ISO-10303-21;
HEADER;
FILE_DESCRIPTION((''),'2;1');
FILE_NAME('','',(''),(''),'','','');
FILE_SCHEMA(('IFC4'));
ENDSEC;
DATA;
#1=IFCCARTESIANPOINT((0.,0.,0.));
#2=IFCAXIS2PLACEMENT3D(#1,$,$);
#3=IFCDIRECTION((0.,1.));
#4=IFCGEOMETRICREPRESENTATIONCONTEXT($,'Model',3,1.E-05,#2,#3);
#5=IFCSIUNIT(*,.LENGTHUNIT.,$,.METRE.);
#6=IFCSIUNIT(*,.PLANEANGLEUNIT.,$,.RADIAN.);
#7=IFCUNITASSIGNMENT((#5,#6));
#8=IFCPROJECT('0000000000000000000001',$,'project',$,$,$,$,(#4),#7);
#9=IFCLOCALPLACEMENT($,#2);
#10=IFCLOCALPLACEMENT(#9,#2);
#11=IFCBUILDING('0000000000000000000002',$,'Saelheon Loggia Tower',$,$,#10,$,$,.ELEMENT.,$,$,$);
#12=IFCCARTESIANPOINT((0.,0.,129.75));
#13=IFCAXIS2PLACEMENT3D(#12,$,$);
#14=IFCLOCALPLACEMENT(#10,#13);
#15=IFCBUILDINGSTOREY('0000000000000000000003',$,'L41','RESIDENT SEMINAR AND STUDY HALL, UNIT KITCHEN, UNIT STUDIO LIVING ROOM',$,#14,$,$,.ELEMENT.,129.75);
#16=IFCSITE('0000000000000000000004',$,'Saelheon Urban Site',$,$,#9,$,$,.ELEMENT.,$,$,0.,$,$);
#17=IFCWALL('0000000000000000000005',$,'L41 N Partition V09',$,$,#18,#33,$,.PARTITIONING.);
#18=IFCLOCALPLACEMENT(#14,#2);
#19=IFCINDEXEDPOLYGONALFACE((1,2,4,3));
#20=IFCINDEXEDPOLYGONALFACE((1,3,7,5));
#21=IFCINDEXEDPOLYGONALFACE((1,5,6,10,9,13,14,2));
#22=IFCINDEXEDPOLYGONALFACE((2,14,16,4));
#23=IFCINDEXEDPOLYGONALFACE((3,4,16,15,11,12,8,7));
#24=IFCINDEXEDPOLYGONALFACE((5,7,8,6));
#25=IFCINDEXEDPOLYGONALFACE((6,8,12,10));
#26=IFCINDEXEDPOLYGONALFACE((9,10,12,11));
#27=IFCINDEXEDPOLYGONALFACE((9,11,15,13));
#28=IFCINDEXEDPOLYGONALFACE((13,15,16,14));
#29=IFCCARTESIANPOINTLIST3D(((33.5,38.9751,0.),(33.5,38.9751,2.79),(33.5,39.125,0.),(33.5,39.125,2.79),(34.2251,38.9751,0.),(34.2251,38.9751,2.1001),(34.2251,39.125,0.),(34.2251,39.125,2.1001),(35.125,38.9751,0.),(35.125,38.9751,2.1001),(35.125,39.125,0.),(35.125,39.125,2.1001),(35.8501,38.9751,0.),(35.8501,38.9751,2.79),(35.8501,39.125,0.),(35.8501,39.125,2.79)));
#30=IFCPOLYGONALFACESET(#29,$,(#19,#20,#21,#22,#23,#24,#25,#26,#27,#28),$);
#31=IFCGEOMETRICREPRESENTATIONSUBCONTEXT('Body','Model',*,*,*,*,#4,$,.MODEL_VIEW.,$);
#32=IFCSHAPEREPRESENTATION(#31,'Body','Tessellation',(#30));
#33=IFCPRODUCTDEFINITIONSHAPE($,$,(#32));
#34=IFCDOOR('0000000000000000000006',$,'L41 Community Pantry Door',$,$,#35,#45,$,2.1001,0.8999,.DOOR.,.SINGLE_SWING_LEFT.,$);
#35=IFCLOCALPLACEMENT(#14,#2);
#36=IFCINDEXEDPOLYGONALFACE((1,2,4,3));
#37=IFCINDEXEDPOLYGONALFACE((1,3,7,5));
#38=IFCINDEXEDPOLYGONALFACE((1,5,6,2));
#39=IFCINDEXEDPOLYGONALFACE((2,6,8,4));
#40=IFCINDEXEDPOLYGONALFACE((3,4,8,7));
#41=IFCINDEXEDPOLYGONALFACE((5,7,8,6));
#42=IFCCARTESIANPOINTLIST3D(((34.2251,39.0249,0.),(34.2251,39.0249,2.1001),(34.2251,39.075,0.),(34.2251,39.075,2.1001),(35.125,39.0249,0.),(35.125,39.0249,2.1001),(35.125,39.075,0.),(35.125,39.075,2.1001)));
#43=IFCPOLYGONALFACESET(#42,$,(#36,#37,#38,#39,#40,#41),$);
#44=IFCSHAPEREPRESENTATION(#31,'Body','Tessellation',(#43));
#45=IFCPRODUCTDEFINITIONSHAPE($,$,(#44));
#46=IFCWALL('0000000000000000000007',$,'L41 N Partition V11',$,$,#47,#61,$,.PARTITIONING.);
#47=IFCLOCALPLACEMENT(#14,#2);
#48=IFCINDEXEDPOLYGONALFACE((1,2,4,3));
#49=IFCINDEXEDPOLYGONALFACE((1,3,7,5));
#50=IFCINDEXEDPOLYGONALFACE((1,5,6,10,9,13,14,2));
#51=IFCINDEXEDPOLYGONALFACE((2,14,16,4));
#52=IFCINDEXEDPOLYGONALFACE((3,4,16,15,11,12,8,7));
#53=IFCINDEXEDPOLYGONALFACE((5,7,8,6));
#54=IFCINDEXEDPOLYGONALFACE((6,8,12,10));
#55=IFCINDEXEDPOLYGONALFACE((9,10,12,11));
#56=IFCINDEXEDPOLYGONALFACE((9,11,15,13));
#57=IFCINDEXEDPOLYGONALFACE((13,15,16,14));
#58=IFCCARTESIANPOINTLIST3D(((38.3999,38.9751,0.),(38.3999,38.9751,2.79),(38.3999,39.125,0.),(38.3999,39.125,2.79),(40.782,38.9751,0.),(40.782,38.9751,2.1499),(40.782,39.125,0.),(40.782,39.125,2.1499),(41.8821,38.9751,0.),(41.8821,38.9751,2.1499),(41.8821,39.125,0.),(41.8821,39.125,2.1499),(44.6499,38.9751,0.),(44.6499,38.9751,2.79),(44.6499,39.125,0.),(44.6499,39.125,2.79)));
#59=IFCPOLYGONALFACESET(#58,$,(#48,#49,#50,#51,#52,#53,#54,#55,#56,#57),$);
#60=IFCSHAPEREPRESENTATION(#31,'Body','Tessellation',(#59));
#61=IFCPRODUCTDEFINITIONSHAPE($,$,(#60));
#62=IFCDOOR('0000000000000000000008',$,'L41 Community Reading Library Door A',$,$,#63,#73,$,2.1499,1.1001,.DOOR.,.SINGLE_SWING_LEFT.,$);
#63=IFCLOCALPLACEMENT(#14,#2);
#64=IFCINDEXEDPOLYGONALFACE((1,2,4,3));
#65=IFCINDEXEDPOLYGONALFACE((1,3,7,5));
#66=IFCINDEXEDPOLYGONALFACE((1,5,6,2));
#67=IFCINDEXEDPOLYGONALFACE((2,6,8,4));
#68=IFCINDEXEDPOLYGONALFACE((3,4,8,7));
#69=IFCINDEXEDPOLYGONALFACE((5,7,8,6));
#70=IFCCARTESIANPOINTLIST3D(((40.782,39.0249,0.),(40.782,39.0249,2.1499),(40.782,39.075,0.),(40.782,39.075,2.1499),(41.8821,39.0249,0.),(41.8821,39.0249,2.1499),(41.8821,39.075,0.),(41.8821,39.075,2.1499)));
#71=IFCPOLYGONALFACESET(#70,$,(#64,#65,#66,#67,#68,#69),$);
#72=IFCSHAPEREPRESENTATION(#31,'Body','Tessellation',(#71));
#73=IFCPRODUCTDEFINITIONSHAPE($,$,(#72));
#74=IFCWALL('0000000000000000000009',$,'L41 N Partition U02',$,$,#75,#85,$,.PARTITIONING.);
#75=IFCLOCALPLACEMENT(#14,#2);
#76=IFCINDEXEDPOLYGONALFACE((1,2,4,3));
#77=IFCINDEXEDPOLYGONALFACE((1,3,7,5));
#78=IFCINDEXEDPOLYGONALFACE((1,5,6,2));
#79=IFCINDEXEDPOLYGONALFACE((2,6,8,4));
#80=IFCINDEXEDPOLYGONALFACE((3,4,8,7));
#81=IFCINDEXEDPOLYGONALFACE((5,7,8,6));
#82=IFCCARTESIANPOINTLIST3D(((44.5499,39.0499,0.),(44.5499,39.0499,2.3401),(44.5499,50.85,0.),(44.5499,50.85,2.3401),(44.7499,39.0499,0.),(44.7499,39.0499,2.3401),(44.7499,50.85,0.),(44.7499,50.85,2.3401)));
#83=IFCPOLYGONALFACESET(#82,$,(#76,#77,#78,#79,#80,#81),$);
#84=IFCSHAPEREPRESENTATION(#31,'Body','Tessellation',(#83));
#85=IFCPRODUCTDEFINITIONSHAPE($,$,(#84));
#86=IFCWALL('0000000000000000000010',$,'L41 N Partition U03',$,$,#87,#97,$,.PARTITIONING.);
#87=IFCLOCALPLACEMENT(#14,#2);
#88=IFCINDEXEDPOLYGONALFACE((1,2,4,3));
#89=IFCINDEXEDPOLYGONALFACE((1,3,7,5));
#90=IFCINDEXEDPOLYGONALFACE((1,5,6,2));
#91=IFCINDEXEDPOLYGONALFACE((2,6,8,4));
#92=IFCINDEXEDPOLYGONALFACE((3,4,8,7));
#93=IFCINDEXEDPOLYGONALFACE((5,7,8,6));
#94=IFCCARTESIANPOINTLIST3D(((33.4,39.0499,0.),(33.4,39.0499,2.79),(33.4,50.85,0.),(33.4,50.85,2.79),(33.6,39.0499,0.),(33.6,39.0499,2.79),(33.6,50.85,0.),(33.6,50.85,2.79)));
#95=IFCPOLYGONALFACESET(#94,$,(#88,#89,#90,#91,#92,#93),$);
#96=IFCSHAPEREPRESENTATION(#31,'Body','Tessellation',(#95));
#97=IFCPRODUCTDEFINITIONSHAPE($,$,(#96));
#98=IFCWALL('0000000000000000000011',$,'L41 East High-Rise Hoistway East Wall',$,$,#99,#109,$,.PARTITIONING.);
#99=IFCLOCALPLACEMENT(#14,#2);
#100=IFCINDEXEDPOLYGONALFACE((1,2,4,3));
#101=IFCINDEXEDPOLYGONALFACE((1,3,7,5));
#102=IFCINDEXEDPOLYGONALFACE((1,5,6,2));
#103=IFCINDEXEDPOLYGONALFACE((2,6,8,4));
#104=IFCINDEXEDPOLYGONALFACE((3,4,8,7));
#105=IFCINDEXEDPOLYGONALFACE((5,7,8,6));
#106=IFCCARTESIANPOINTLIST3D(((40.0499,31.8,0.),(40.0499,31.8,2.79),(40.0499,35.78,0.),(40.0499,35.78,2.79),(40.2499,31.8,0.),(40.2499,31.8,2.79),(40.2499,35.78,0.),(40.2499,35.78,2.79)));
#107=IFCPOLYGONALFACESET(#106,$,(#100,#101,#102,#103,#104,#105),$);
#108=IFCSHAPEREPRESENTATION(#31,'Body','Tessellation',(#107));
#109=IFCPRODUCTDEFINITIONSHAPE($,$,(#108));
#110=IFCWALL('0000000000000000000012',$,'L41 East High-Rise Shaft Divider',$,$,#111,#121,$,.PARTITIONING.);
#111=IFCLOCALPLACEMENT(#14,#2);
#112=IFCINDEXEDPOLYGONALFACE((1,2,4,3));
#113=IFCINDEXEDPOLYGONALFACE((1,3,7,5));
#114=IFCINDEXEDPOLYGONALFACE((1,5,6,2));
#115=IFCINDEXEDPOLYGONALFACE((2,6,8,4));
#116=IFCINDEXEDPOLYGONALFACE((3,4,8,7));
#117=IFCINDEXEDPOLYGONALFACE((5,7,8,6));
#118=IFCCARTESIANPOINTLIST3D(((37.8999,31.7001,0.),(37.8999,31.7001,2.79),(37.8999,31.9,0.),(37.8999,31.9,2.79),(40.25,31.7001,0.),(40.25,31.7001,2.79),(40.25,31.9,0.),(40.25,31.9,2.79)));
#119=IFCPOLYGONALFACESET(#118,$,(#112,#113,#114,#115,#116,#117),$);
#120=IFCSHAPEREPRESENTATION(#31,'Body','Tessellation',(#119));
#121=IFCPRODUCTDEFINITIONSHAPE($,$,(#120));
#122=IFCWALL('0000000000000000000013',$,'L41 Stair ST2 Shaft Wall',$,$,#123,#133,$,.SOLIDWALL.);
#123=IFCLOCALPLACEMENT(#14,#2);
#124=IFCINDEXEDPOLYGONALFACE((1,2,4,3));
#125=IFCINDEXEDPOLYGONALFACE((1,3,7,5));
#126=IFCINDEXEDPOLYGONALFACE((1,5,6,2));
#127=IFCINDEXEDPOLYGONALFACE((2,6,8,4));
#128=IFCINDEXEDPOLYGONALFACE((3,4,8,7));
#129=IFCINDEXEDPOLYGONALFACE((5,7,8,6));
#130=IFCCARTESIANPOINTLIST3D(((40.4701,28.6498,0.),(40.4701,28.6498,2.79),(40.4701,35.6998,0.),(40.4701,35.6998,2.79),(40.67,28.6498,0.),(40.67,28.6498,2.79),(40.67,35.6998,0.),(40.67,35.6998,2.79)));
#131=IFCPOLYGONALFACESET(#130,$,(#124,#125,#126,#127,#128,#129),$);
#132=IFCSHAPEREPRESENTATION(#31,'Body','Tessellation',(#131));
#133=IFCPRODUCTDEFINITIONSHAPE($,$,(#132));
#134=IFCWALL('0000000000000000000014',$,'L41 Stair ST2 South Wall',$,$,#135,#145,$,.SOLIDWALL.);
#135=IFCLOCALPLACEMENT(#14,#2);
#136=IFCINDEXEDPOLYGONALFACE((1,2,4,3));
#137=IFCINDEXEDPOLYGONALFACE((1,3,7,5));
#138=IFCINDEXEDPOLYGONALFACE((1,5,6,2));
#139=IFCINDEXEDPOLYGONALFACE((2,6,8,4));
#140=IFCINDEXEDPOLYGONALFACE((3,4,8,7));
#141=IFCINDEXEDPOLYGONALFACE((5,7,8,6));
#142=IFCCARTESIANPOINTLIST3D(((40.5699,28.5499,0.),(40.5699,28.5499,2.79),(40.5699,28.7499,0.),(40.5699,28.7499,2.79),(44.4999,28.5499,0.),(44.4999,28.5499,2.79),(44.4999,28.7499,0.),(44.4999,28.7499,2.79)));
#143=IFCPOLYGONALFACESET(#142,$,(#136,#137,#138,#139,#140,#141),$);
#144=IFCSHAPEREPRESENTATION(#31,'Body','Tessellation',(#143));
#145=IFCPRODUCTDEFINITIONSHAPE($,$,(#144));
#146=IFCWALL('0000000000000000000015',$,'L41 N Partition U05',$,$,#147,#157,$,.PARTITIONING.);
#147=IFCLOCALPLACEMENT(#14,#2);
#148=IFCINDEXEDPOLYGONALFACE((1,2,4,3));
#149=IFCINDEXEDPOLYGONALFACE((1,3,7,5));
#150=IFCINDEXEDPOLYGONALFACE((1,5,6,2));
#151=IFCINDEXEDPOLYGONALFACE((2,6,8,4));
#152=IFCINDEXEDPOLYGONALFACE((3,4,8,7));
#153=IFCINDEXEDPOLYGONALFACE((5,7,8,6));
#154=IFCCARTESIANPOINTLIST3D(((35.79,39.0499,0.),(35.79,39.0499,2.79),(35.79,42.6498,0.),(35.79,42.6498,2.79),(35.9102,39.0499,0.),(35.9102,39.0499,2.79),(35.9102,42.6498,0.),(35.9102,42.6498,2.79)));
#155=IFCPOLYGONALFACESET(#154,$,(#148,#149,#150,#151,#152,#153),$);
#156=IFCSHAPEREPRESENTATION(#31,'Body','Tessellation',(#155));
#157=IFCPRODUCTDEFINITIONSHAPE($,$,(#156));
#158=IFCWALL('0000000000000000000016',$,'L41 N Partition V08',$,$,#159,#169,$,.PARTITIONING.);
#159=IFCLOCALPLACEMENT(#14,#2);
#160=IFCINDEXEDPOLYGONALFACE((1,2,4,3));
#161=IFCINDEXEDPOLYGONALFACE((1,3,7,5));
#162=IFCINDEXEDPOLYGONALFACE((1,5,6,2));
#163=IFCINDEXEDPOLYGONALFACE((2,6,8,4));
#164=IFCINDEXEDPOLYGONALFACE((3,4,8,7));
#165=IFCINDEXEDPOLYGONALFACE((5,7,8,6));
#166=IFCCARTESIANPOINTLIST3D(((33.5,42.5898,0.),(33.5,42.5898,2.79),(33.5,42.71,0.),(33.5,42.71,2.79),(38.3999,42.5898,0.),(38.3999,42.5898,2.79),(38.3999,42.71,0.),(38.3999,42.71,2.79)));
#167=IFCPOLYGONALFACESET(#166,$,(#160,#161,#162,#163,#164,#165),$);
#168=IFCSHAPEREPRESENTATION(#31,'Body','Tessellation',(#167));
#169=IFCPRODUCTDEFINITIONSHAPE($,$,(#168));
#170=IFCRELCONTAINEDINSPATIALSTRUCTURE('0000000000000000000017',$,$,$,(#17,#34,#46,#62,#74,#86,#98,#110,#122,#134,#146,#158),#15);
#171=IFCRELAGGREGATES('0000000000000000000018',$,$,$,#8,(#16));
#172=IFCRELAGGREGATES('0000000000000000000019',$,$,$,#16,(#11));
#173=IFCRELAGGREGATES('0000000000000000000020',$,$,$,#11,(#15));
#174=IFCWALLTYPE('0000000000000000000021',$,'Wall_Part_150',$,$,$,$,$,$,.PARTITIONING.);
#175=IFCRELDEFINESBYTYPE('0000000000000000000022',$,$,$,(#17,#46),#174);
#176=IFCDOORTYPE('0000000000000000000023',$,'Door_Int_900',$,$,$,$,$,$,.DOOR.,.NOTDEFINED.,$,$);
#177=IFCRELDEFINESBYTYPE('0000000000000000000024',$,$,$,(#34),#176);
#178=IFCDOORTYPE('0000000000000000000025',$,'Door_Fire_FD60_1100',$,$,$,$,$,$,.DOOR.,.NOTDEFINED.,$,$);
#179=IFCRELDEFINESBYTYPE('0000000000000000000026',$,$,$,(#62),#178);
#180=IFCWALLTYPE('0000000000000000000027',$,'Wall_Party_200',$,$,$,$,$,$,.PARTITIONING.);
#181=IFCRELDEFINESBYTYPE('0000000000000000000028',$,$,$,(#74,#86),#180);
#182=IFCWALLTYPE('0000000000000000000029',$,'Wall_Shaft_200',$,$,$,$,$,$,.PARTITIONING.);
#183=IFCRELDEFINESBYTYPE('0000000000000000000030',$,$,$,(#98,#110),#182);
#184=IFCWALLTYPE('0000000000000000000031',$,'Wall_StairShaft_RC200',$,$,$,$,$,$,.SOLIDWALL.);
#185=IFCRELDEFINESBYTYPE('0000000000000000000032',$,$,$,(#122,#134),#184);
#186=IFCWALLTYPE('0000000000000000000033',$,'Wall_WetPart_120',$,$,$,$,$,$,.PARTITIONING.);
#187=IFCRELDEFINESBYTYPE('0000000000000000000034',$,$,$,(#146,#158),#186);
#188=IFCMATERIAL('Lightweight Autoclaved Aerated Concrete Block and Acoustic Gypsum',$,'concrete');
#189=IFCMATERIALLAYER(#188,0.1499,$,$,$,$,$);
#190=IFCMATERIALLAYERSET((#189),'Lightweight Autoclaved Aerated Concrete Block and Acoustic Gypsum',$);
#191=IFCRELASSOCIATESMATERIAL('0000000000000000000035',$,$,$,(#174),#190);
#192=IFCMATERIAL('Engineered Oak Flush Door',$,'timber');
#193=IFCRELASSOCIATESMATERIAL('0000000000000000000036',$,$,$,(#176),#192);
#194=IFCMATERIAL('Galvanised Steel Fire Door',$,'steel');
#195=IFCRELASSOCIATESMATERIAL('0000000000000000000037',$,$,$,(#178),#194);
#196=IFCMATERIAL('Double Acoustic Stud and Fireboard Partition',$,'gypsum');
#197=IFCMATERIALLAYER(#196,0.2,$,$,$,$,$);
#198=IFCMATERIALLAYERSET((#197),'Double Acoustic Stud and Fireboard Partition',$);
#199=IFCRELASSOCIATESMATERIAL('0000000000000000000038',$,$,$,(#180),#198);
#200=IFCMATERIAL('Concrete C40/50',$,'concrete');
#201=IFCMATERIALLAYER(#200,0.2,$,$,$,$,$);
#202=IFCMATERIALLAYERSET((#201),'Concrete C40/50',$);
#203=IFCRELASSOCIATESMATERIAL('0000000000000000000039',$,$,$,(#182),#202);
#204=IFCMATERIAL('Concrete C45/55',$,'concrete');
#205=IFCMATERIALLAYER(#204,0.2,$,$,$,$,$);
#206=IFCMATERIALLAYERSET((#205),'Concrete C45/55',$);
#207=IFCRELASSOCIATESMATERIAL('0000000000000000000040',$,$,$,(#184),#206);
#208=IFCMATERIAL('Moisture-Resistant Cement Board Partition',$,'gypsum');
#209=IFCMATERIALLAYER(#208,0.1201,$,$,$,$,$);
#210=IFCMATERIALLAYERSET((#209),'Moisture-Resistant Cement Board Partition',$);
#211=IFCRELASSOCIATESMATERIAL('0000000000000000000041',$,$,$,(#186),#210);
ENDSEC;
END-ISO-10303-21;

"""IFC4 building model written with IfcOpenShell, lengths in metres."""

from ifc_helpers import new_model, si_unit, direction, frame, frame_2d, origin, place, context, subcontext, project, spatial, rectangle, extrude, source, transform, mapped, material, layer, layer_set, type_object, element, fill, save


model = new_model("IFC4")

# Units and contexts
model_context = context("Model", 3, precision=1e-05, world=origin(), true_north=direction((0.0, 1.0)))
body_context = subcontext(model_context, "Body", "Model", "MODEL_VIEW")
ifc_project = project(units=[si_unit("LENGTHUNIT", "METRE"), si_unit("PLANEANGLEUNIT", "RADIAN")], contexts=[model_context])

# Site, building, storey
site_placement = place(None, origin())
site = spatial("IfcSite", under=ifc_project, at=site_placement, Name="Saelheon Urban Site", CompositionType="ELEMENT", RefElevation=0.0)
building_placement = place(site_placement, origin())
building = spatial("IfcBuilding", under=site, at=building_placement, Name="Saelheon Loggia Tower", CompositionType="ELEMENT")
storey_placement = place(building_placement, frame((0.0, 0.0, 129.75)))
storey = spatial("IfcBuildingStorey", under=building, at=storey_placement, Name="L41", Description="RESIDENT SEMINAR AND STUDY HALL, UNIT KITCHEN, UNIT STUDIO LIVING ROOM", CompositionType="ELEMENT", Elevation=129.75)

# Shared definitions
ifc_material_1 = material(Name="Concrete C40/50", Category="concrete")

# Shared definitions
ifc_material_2 = material(Name="Lightweight Autoclaved Aerated Concrete Block and Acoustic Gypsum", Category="concrete")
ifc_layer_1 = layer(ifc_material_2, 0.1499)
ifc_layer_set_1 = layer_set([ifc_layer_1], Name="Lightweight Autoclaved Aerated Concrete Block and Acoustic Gypsum")
wall_type_1 = type_object("IfcWallType", Name="Wall_Part_150", PredefinedType="PARTITIONING", material=ifc_layer_set_1)

# Walls, openings, doors
ifc_material_3 = material(Name="Engineered Oak Flush Door", Category="timber")
door_type_1 = type_object("IfcDoorType", Name="Door_Int_900", OperationType="NOTDEFINED", PredefinedType="DOOR", material=ifc_material_3)
shared_shape_1 = source(origin(), body_context, "Body", "SweptSolid", [
    extrude(rectangle(XDim=0.8999, YDim=2.1001, at=frame_2d((0.45, 1.05))), frame((0.0, 0.0249, 0.0), z_axis=(0.0, -1.0, 0.0), x_axis=(1.0, 0.0, 0.0)), (0.0, 0.0, 1.0), 0.05),
])
wall_1_placement = place(storey_placement, frame((33.5, 39.05, 0.0), z_axis=(0.0, 0.0, 1.0), x_axis=(1.0, 0.0, 0.0)))
wall_1 = element("IfcWall", 1, at=wall_1_placement, inside=storey, type_object=wall_type_1, Name="L41 N Partition V09", PredefinedType="PARTITIONING", context=body_context, shape_type="SweptSolid", body=[
    extrude(rectangle(XDim=2.3501, YDim=0.1499, at=frame_2d((1.175, 0.0))), origin(), (0.0, 0.0, 1.0), 2.79),
])
opening_1_placement = place(wall_1_placement, frame((0.7251, 0.0, 0.0)))
opening_1 = element("IfcOpeningElement", 2, at=opening_1_placement, cuts=wall_1, PredefinedType="OPENING", context=body_context, shape_type="SweptSolid", body=[
    extrude(rectangle(XDim=0.8999, YDim=2.1001, at=frame_2d((0.45, 1.05))), frame((0.0, 0.0869, 0.0), z_axis=(0.0, -1.0, 0.0), x_axis=(1.0, 0.0, 0.0)), (0.0, 0.0, 1.0), 0.1738),
])
door_1_placement = place(opening_1_placement, origin())
door_1 = element("IfcDoor", 3, at=door_1_placement, inside=storey, type_object=door_type_1, Name="L41 Community Pantry Door", OperationType="SINGLE_SWING_LEFT", OverallHeight=2.1001, OverallWidth=0.8999, PredefinedType="DOOR", context=body_context, shape_type="MappedRepresentation", body=[
    mapped(shared_shape_1, transform((0.0, 0.0, 0.0), scale=1.0)),
])
fill(opening_1, door_1)
wall_2_placement = place(storey_placement, frame((38.3999, 39.05, 0.0), z_axis=(0.0, 0.0, 1.0), x_axis=(1.0, 0.0, 0.0)))
wall_2 = element("IfcWall", 4, at=wall_2_placement, inside=storey, type_object=wall_type_1, Name="L41 N Partition V11", PredefinedType="PARTITIONING", context=body_context, shape_type="SweptSolid", body=[
    extrude(rectangle(XDim=6.25, YDim=0.1499, at=frame_2d((3.125, 0.0))), origin(), (0.0, 0.0, 1.0), 2.79),
])
opening_2_placement = place(wall_2_placement, frame((2.3821, 0.0, 0.0)))
opening_2 = element("IfcOpeningElement", 5, at=opening_2_placement, cuts=wall_2, PredefinedType="OPENING", context=body_context, shape_type="SweptSolid", body=[
    extrude(rectangle(XDim=1.1001, YDim=2.1499, at=frame_2d((0.55, 1.075))), frame((0.0, 0.0869, 0.0), z_axis=(0.0, -1.0, 0.0), x_axis=(1.0, 0.0, 0.0)), (0.0, 0.0, 1.0), 0.1738),
])
ifc_material_4 = material(Name="Galvanised Steel Fire Door", Category="steel")
door_type_2 = type_object("IfcDoorType", Name="Door_Fire_FD60_1100", OperationType="NOTDEFINED", PredefinedType="DOOR", material=ifc_material_4)
shared_shape_2 = source(origin(), body_context, "Body", "SweptSolid", [
    extrude(rectangle(XDim=1.1001, YDim=2.1499, at=frame_2d((0.55, 1.075))), frame((0.0, 0.0249, 0.0), z_axis=(0.0, -1.0, 0.0), x_axis=(1.0, 0.0, 0.0)), (0.0, 0.0, 1.0), 0.05),
])
door_2_placement = place(opening_2_placement, origin())
door_2 = element("IfcDoor", 6, at=door_2_placement, inside=storey, type_object=door_type_2, Name="L41 Community Reading Library Door A", OperationType="SINGLE_SWING_LEFT", OverallHeight=2.1499, OverallWidth=1.1001, PredefinedType="DOOR", context=body_context, shape_type="MappedRepresentation", body=[
    mapped(shared_shape_2, transform((0.0, 0.0, 0.0), scale=1.0)),
])
fill(opening_2, door_2)

# Walls
ifc_material_5 = material(Name="Double Acoustic Stud and Fireboard Partition", Category="gypsum")
ifc_layer_2 = layer(ifc_material_5, 0.2)
ifc_layer_set_2 = layer_set([ifc_layer_2], Name="Double Acoustic Stud and Fireboard Partition")
wall_type_2 = type_object("IfcWallType", Name="Wall_Party_200", PredefinedType="PARTITIONING", material=ifc_layer_set_2)
wall_3_placement = place(storey_placement, frame((44.6499, 39.05, 0.0), z_axis=(0.0, 0.0, 1.0), x_axis=(0.0, 1.0, 0.0)))
element("IfcWall", 7, at=wall_3_placement, inside=storey, type_object=wall_type_2, Name="L41 N Partition U02", PredefinedType="PARTITIONING", context=body_context, shape_type="SweptSolid", body=[
    extrude(rectangle(XDim=11.8, YDim=0.2, at=frame_2d((5.8999, 0.0))), origin(), (0.0, 0.0, 1.0), 2.3401),
])
wall_4_placement = place(storey_placement, frame((33.5, 39.05, 0.0), z_axis=(0.0, 0.0, 1.0), x_axis=(0.0, 1.0, 0.0)))
element("IfcWall", 8, at=wall_4_placement, inside=storey, type_object=wall_type_2, Name="L41 N Partition U03", PredefinedType="PARTITIONING", context=body_context, shape_type="SweptSolid", body=[
    extrude(rectangle(XDim=11.8, YDim=0.2, at=frame_2d((5.8999, 0.0))), origin(), (0.0, 0.0, 1.0), 2.79),
])
ifc_layer_3 = layer(ifc_material_1, 0.2)
ifc_layer_set_3 = layer_set([ifc_layer_3], Name="Concrete C40/50")
wall_type_3 = type_object("IfcWallType", Name="Wall_Shaft_200", PredefinedType="PARTITIONING", material=ifc_layer_set_3)
wall_5_placement = place(storey_placement, frame((40.1499, 31.8, 0.0), z_axis=(0.0, 0.0, 1.0), x_axis=(0.0, 1.0, 0.0)))
element("IfcWall", 9, at=wall_5_placement, inside=storey, type_object=wall_type_3, Name="L41 East High-Rise Hoistway East Wall", PredefinedType="PARTITIONING", context=body_context, shape_type="SweptSolid", body=[
    extrude(rectangle(XDim=3.98, YDim=0.2, at=frame_2d((1.99, 0.0))), origin(), (0.0, 0.0, 1.0), 2.79),
])
wall_6_placement = place(storey_placement, frame((37.8999, 31.8, 0.0), z_axis=(0.0, 0.0, 1.0), x_axis=(1.0, 0.0, 0.0)))
element("IfcWall", 10, at=wall_6_placement, inside=storey, type_object=wall_type_3, Name="L41 East High-Rise Shaft Divider", PredefinedType="PARTITIONING", context=body_context, shape_type="SweptSolid", body=[
    extrude(rectangle(XDim=2.3501, YDim=0.2, at=frame_2d((1.175, 0.0))), origin(), (0.0, 0.0, 1.0), 2.79),
])
ifc_material_6 = material(Name="Concrete C45/55", Category="concrete")
ifc_layer_4 = layer(ifc_material_6, 0.2)
ifc_layer_set_4 = layer_set([ifc_layer_4], Name="Concrete C45/55")
wall_type_4 = type_object("IfcWallType", Name="Wall_StairShaft_RC200", PredefinedType="SOLIDWALL", material=ifc_layer_set_4)
wall_7_placement = place(storey_placement, frame((40.5701, 28.6499, 0.0), z_axis=(0.0, 0.0, 1.0), x_axis=(0.0, 1.0, 0.0)))
element("IfcWall", 11, at=wall_7_placement, inside=storey, type_object=wall_type_4, Name="L41 Stair ST2 Shaft Wall", PredefinedType="SOLIDWALL", context=body_context, shape_type="SweptSolid", body=[
    extrude(rectangle(XDim=7.05, YDim=0.2, at=frame_2d((3.5249, 0.0))), origin(), (0.0, 0.0, 1.0), 2.79),
])
wall_8_placement = place(storey_placement, frame((40.5701, 28.6499, 0.0), z_axis=(0.0, 0.0, 1.0), x_axis=(1.0, 0.0, 0.0)))
element("IfcWall", 12, at=wall_8_placement, inside=storey, type_object=wall_type_4, Name="L41 Stair ST2 South Wall", PredefinedType="SOLIDWALL", context=body_context, shape_type="SweptSolid", body=[
    extrude(rectangle(XDim=3.9299, YDim=0.2, at=frame_2d((1.9648, 0.0))), origin(), (0.0, 0.0, 1.0), 2.79),
])
ifc_material_7 = material(Name="Moisture-Resistant Cement Board Partition", Category="gypsum")
ifc_layer_5 = layer(ifc_material_7, 0.1201)
ifc_layer_set_5 = layer_set([ifc_layer_5], Name="Moisture-Resistant Cement Board Partition")
wall_type_5 = type_object("IfcWallType", Name="Wall_WetPart_120", PredefinedType="PARTITIONING", material=ifc_layer_set_5)
wall_9_placement = place(storey_placement, frame((35.8501, 39.05, 0.0), z_axis=(0.0, 0.0, 1.0), x_axis=(0.0, 1.0, 0.0)))
element("IfcWall", 13, at=wall_9_placement, inside=storey, type_object=wall_type_5, Name="L41 N Partition U05", PredefinedType="PARTITIONING", context=body_context, shape_type="SweptSolid", body=[
    extrude(rectangle(XDim=3.5999, YDim=0.1201, at=frame_2d((1.7998, 0.0))), origin(), (0.0, 0.0, 1.0), 2.79),
])
wall_10_placement = place(storey_placement, frame((33.5, 42.6499, 0.0), z_axis=(0.0, 0.0, 1.0), x_axis=(1.0, 0.0, 0.0)))
element("IfcWall", 14, at=wall_10_placement, inside=storey, type_object=wall_type_5, Name="L41 N Partition V08", PredefinedType="PARTITIONING", context=body_context, shape_type="SweptSolid", body=[
    extrude(rectangle(XDim=4.8999, YDim=0.1201, at=frame_2d((2.45, 0.0))), origin(), (0.0, 0.0, 1.0), 2.79),
])

save(model, "model.ifc")
